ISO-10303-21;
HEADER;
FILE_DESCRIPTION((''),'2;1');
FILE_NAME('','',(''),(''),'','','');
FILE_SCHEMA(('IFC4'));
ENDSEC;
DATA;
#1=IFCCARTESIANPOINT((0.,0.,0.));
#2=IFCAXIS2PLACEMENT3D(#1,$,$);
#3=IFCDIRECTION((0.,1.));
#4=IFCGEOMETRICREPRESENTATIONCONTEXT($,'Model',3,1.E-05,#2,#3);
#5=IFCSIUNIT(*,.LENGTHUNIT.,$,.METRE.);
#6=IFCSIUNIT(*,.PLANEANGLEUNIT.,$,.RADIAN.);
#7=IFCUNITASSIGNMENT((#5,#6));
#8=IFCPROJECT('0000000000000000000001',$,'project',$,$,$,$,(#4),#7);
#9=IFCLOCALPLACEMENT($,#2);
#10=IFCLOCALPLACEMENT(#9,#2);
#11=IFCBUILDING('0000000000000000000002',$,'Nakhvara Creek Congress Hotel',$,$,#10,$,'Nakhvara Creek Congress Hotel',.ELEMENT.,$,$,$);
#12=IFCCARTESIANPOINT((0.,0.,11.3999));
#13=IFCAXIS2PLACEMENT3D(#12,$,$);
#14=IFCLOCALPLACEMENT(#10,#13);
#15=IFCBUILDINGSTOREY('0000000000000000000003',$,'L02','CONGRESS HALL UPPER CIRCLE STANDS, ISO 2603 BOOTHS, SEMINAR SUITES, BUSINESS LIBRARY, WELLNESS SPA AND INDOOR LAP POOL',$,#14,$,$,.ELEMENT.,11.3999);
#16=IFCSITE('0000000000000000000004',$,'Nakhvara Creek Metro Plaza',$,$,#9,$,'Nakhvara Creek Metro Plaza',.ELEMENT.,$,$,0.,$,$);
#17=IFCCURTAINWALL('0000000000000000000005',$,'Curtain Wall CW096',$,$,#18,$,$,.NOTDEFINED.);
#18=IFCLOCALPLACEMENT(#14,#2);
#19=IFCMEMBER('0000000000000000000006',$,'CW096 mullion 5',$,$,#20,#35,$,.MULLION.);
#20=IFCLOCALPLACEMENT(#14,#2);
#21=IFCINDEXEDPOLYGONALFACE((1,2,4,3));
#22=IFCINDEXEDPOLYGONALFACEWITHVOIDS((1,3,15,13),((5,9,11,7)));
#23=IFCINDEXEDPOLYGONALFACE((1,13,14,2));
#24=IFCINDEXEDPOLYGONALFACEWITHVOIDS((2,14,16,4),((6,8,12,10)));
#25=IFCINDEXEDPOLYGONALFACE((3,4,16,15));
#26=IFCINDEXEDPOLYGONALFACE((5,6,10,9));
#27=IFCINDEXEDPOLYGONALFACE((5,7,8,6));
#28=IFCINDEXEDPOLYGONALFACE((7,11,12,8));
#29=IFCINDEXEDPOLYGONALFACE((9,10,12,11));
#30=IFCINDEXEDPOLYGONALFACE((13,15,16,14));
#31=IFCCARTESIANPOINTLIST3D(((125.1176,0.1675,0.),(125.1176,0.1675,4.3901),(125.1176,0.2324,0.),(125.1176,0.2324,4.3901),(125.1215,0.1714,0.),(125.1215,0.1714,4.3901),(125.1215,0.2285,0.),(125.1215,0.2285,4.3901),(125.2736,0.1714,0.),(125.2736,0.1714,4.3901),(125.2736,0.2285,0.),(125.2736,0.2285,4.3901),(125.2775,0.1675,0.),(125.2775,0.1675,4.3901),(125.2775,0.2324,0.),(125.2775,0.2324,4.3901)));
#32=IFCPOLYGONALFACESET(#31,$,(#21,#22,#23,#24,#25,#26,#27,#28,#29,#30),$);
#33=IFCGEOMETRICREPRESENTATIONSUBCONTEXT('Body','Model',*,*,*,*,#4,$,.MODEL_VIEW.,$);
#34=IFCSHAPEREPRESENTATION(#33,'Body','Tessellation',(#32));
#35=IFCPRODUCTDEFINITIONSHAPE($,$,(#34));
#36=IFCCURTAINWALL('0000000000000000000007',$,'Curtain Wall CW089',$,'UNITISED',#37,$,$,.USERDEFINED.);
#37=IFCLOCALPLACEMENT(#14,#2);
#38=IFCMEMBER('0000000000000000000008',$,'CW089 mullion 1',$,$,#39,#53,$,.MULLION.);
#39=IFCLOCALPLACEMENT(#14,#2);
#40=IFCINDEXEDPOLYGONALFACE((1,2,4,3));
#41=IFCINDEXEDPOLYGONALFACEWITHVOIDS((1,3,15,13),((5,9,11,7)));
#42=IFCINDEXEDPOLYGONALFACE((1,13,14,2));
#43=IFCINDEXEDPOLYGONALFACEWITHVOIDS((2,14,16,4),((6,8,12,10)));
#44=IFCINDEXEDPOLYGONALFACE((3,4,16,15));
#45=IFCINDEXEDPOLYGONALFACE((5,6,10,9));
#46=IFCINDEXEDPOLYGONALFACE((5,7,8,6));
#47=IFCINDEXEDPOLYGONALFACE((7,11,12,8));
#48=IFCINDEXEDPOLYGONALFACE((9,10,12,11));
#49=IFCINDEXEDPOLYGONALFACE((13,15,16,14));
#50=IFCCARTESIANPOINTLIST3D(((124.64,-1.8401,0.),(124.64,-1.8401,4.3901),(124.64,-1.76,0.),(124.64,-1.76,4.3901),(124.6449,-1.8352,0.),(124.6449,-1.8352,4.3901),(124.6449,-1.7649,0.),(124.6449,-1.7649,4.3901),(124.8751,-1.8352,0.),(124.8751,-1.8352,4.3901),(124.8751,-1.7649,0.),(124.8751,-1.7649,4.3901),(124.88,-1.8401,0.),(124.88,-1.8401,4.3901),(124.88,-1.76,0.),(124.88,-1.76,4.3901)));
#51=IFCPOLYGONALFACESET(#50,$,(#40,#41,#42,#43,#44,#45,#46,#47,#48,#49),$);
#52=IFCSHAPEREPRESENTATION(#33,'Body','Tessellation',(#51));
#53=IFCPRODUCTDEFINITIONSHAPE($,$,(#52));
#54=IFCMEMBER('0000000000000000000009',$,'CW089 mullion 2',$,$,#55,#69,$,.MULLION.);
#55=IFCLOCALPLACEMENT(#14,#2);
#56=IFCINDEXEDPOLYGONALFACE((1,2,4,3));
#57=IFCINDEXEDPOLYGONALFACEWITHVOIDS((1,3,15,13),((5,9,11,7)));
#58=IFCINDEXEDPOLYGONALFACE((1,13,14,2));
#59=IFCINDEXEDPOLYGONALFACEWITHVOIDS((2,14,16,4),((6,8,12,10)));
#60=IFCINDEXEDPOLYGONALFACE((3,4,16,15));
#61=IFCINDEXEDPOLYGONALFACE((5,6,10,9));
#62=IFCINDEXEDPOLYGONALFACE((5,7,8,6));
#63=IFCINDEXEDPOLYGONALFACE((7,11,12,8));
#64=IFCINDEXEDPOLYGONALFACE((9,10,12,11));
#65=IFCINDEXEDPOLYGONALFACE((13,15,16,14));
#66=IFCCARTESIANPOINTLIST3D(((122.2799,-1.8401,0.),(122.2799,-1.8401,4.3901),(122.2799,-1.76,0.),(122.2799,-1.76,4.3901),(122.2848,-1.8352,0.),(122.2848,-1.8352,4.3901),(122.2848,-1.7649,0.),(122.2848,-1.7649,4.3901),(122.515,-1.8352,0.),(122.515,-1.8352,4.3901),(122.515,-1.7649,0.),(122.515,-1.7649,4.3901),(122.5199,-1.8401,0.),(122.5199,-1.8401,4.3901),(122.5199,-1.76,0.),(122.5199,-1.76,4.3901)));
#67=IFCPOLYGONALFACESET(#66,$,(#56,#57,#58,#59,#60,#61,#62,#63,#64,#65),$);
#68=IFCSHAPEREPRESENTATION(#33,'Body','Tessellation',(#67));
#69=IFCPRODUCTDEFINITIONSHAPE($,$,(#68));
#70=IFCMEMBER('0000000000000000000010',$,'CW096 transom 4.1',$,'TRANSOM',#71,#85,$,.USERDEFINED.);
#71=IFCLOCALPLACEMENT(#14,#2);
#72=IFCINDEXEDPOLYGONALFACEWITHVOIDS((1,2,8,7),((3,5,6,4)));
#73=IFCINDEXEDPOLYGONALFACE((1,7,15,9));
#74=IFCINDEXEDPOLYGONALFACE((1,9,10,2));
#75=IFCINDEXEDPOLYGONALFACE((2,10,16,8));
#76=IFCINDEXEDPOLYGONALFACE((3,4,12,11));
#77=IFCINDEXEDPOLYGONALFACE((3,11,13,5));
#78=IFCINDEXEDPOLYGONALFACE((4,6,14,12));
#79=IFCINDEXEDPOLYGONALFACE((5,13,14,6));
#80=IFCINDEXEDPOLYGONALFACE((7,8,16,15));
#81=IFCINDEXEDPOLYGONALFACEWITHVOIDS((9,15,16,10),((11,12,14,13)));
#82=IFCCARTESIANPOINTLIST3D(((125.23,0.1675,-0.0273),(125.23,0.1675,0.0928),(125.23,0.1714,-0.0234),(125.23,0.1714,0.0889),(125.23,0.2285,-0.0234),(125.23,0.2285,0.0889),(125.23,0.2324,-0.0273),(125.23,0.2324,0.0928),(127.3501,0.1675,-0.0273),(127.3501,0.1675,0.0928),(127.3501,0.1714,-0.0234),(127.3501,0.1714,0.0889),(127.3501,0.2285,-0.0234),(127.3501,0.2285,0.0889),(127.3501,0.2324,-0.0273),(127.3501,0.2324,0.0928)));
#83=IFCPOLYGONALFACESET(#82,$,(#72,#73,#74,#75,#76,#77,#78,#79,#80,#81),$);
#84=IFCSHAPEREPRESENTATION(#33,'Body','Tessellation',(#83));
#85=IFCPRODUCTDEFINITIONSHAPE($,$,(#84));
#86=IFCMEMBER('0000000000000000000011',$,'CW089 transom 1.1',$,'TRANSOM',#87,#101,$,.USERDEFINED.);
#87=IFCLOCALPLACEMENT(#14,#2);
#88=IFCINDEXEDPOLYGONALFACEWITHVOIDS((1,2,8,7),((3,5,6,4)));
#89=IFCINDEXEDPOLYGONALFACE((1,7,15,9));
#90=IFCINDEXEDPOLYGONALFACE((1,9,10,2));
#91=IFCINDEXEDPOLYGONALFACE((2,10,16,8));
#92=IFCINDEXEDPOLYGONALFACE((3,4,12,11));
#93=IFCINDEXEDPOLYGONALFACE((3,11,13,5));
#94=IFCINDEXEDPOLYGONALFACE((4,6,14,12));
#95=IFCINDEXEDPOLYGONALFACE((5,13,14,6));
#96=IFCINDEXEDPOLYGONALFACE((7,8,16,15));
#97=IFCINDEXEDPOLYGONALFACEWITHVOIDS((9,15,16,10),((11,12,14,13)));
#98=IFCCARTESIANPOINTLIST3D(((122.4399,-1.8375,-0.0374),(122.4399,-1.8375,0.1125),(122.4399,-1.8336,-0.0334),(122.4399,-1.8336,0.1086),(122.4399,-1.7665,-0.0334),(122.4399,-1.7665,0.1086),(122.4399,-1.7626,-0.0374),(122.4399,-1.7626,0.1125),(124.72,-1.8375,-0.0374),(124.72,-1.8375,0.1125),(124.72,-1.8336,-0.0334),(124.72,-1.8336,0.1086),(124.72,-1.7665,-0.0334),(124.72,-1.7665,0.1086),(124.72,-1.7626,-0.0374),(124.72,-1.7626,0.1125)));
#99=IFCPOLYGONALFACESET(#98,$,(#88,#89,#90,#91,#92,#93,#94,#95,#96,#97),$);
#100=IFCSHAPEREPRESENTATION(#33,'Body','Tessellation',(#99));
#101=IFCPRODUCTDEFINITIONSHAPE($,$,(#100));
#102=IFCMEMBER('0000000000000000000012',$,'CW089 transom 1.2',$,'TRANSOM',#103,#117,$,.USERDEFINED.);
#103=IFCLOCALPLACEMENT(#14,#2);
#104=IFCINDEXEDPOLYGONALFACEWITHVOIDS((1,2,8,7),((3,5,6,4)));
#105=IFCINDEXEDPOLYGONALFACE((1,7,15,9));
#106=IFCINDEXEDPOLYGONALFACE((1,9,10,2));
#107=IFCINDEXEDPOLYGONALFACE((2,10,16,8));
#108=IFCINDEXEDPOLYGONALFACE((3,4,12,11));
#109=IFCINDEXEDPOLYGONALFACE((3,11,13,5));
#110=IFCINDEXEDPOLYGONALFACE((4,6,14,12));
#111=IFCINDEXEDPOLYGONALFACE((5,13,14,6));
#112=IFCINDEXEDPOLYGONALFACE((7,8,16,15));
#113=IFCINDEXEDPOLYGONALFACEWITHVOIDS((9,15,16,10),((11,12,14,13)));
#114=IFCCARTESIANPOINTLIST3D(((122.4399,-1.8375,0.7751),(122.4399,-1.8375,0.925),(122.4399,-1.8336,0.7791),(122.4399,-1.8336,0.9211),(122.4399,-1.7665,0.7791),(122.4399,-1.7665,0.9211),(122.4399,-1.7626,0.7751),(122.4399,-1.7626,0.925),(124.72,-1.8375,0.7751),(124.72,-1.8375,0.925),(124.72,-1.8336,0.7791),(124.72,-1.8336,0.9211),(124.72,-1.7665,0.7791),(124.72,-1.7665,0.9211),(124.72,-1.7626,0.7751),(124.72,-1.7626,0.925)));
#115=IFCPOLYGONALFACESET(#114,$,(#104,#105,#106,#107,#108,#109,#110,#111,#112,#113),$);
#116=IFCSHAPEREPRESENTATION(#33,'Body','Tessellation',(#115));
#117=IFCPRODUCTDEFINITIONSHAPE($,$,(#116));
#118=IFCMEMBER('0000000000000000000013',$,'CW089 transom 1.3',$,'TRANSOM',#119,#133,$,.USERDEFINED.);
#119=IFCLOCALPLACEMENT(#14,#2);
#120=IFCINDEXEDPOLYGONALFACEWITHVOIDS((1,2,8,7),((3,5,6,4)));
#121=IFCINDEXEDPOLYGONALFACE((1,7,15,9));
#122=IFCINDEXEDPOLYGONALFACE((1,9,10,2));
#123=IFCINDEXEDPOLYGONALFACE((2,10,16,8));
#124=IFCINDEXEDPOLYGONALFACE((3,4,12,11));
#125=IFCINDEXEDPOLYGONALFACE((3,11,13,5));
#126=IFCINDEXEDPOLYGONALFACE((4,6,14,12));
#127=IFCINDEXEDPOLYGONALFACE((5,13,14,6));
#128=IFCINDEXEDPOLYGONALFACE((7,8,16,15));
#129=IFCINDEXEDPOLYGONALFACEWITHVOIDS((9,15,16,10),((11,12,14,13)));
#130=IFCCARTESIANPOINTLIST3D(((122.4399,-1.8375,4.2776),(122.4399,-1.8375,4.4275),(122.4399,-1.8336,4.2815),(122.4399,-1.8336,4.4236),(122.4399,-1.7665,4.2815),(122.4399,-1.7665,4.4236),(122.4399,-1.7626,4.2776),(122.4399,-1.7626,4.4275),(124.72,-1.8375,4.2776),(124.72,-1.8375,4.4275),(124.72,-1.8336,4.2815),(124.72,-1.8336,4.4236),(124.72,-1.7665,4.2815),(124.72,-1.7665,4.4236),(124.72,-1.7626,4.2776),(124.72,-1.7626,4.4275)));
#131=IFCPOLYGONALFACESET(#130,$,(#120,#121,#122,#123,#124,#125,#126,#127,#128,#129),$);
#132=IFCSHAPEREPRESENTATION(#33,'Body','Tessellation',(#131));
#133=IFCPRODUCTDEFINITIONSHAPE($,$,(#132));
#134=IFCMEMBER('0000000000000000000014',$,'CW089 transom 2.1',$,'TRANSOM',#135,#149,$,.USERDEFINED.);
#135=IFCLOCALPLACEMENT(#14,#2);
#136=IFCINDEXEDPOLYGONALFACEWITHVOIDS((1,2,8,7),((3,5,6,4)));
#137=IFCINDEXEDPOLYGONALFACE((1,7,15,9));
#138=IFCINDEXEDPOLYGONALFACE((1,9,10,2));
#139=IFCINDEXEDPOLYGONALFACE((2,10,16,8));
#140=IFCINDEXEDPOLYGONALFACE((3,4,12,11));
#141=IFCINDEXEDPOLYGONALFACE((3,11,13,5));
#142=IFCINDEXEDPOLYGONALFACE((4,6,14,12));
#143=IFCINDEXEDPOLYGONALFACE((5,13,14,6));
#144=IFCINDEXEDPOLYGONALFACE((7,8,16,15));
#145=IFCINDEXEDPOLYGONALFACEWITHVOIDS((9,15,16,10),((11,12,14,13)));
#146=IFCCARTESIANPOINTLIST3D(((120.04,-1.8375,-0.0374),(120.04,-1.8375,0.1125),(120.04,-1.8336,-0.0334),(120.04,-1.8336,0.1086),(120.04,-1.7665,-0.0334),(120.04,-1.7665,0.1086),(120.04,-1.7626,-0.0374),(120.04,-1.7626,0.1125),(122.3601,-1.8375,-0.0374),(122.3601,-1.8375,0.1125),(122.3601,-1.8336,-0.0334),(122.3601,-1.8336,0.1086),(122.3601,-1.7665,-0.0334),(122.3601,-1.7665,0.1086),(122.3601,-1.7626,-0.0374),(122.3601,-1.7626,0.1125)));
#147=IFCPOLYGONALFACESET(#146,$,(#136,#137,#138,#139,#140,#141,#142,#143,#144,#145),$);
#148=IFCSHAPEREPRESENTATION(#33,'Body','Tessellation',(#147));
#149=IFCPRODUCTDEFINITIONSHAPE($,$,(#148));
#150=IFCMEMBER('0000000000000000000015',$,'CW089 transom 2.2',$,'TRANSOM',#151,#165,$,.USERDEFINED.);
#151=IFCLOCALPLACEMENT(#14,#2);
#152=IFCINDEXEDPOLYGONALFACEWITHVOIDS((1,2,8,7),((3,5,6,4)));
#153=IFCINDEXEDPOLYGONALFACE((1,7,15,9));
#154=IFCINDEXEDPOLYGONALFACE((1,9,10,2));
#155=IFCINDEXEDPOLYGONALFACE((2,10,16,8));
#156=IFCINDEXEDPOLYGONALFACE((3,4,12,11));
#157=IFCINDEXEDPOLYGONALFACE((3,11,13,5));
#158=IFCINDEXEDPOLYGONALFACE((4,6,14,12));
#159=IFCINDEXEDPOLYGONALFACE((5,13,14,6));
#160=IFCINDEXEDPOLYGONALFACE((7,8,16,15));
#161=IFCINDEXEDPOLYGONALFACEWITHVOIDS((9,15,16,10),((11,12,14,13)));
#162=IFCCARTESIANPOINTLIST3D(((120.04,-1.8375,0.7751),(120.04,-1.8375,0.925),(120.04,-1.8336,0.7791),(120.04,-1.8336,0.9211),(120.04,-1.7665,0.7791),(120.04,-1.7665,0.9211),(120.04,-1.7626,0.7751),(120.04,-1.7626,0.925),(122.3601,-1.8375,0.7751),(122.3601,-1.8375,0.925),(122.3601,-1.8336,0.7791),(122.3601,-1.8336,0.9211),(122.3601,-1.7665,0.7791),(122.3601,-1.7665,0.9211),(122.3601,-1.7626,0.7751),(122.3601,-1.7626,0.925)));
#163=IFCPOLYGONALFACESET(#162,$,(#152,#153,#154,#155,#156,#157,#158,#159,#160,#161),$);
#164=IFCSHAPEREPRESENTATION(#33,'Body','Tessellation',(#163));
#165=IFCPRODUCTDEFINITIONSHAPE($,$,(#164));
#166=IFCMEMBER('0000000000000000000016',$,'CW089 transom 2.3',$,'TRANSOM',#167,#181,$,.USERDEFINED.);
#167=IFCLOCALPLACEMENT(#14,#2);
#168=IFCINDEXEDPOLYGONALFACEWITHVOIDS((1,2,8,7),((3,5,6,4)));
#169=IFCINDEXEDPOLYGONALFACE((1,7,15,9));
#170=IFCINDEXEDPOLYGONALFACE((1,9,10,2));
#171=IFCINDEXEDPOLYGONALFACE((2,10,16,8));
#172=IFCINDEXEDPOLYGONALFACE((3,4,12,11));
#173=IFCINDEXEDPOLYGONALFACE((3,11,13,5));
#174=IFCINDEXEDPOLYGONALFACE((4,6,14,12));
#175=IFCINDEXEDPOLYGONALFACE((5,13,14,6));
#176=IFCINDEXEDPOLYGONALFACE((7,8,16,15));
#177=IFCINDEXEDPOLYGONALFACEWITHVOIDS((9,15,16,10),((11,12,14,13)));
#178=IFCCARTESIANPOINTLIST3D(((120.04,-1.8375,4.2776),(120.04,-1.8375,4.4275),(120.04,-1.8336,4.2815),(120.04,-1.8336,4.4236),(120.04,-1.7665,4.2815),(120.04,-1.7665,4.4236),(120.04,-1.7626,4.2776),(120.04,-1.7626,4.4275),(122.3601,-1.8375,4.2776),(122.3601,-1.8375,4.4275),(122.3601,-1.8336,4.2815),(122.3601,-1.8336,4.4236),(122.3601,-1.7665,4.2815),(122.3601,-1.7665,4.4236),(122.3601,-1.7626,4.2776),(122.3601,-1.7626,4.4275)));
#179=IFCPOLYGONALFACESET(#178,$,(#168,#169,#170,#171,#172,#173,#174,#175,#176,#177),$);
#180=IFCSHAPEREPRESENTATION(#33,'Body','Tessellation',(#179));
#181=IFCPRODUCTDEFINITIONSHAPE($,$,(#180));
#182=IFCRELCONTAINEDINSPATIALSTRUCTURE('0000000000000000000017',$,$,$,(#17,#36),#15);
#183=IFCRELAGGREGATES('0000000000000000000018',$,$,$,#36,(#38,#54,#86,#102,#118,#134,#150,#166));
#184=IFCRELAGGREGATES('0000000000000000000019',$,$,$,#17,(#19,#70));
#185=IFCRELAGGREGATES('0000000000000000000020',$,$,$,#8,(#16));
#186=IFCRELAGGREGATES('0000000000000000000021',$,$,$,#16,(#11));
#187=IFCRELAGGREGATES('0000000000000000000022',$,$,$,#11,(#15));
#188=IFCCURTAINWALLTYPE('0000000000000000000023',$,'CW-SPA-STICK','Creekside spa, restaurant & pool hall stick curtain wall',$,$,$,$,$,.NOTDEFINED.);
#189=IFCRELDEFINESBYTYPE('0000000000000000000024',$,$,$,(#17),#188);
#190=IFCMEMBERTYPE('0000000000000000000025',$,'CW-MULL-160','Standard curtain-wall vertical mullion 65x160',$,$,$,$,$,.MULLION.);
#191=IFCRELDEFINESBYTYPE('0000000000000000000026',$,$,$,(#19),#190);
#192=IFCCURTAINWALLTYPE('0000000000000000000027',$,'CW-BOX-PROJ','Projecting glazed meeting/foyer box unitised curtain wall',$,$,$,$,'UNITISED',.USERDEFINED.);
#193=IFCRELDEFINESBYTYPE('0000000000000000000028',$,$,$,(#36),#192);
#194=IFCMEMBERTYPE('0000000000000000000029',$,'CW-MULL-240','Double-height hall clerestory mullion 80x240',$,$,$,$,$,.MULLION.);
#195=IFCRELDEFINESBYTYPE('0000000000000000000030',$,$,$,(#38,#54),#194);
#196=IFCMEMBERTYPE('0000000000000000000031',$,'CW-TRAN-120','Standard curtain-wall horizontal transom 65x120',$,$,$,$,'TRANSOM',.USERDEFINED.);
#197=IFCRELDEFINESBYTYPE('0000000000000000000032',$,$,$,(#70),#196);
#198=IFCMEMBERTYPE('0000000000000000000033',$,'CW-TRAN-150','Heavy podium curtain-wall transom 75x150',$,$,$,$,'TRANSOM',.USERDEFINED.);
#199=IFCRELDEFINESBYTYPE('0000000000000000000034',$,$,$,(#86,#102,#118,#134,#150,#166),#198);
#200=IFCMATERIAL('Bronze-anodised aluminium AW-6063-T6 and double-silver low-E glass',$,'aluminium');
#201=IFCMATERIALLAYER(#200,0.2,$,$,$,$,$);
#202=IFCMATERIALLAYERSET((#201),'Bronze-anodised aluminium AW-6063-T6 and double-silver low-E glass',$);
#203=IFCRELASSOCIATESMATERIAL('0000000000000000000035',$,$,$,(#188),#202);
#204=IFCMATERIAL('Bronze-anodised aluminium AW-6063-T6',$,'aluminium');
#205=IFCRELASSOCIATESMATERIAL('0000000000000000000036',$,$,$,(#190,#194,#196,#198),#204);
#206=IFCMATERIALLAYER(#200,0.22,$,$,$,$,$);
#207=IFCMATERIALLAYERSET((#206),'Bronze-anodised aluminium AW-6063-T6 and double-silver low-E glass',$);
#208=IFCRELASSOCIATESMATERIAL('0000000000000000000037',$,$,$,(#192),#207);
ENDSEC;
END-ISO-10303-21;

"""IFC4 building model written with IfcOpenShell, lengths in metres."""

from ifc_helpers import new_model, si_unit, direction, frame, origin, origin_2d, place, context, subcontext, project, spatial, hollow_rectangle, extrude, material, layer, layer_set, material_profile, profile_set, type_object, element, aggregate, save


model = new_model("IFC4")

# Units and contexts
model_context = context("Model", 3, precision=1e-05, world=origin(), true_north=direction((0.0, 1.0)))
body_context = subcontext(model_context, "Body", "Model", "MODEL_VIEW")
ifc_project = project(units=[si_unit("LENGTHUNIT", "METRE"), si_unit("PLANEANGLEUNIT", "RADIAN")], contexts=[model_context])

# Site, building, storey
site_placement = place(None, origin())
site = spatial("IfcSite", under=ifc_project, at=site_placement, Name="Nakhvara Creek Metro Plaza", LongName="Nakhvara Creek Metro Plaza", CompositionType="ELEMENT", RefElevation=0.0)
building_placement = place(site_placement, origin())
building = spatial("IfcBuilding", under=site, at=building_placement, Name="Nakhvara Creek Congress Hotel", LongName="Nakhvara Creek Congress Hotel", CompositionType="ELEMENT")
storey_placement = place(building_placement, frame((0.0, 0.0, 11.3999)))
storey = spatial("IfcBuildingStorey", under=building, at=storey_placement, Name="L02", Description="CONGRESS HALL UPPER CIRCLE STANDS, ISO 2603 BOOTHS, SEMINAR SUITES, BUSINESS LIBRARY, WELLNESS SPA AND INDOOR LAP POOL", CompositionType="ELEMENT", Elevation=11.3999)

# Curtain wall, member
ifc_material_1 = material(Name="Bronze-anodised aluminium AW-6063-T6 and double-silver low-E glass", Category="aluminium")
ifc_layer_1 = layer(ifc_material_1, 0.2)
ifc_layer_set_1 = layer_set([ifc_layer_1], Name="Bronze-anodised aluminium AW-6063-T6 and double-silver low-E glass")
curtain_wall_type_1 = type_object("IfcCurtainWallType", Name="CW-SPA-STICK", Description="Creekside spa, restaurant & pool hall stick curtain wall", PredefinedType="NOTDEFINED", material=ifc_layer_set_1)
curtain_wall_1_placement = place(storey_placement, origin())
curtain_wall_1 = element("IfcCurtainWall", 1, at=curtain_wall_1_placement, inside=storey, type_object=curtain_wall_type_1, Name="Curtain Wall CW096", PredefinedType="NOTDEFINED")
ifc_material_2 = material(Name="Bronze-anodised aluminium AW-6063-T6", Category="aluminium")
ifc_material_profile_1 = material_profile(ifc_material_2, hollow_rectangle(XDim=0.0649, YDim=0.1599, WallThickness=0.0039, at=origin_2d()), Name="ALU-MULL 65x160x4", Category="LoadBearing")
ifc_profile_set_1 = profile_set([ifc_material_profile_1], Name="Bronze-anodised aluminium AW-6063-T6")
member_type_1 = type_object("IfcMemberType", Name="CW-MULL-160", Description="Standard curtain-wall vertical mullion 65x160", PredefinedType="MULLION", material=ifc_profile_set_1)
member_1_placement = place(storey_placement, frame((125.1975, 0.2, 0.0), z_axis=(0.0, 0.0, 1.0), x_axis=(0.0, -1.0, 0.0)))
member_1 = element("IfcMember", 2, at=member_1_placement, type_object=member_type_1, Name="CW096 mullion 5", PredefinedType="MULLION", context=body_context, shape_type="SweptSolid", body=[
    extrude(hollow_rectangle(XDim=0.0649, YDim=0.1599, WallThickness=0.0039, at=origin_2d()), origin(), (0.0, 0.0, 1.0), 4.3901),
])

# Curtain wall, members
ifc_layer_2 = layer(ifc_material_1, 0.22)
ifc_layer_set_2 = layer_set([ifc_layer_2], Name="Bronze-anodised aluminium AW-6063-T6 and double-silver low-E glass")
curtain_wall_type_2 = type_object("IfcCurtainWallType", Name="CW-BOX-PROJ", Description="Projecting glazed meeting/foyer box unitised curtain wall", ElementType="UNITISED", PredefinedType="USERDEFINED", material=ifc_layer_set_2)
curtain_wall_2_placement = place(storey_placement, origin())
curtain_wall_2 = element("IfcCurtainWall", 3, at=curtain_wall_2_placement, inside=storey, type_object=curtain_wall_type_2, Name="Curtain Wall CW089", ObjectType="UNITISED", PredefinedType="USERDEFINED")
ifc_material_profile_2 = material_profile(ifc_material_2, hollow_rectangle(XDim=0.0801, YDim=0.24, WallThickness=0.0049, at=origin_2d()), Name="ALU-MULL 80x240x5", Category="LoadBearing")
ifc_profile_set_2 = profile_set([ifc_material_profile_2], Name="Bronze-anodised aluminium AW-6063-T6")
member_type_2 = type_object("IfcMemberType", Name="CW-MULL-240", Description="Double-height hall clerestory mullion 80x240", PredefinedType="MULLION", material=ifc_profile_set_2)
member_2_placement = place(storey_placement, frame((124.76, -1.8, 0.0), z_axis=(0.0, 0.0, 1.0), x_axis=(0.0, -1.0, 0.0)))
member_2 = element("IfcMember", 4, at=member_2_placement, type_object=member_type_2, Name="CW089 mullion 1", PredefinedType="MULLION", context=body_context, shape_type="SweptSolid", body=[
    extrude(hollow_rectangle(XDim=0.0801, YDim=0.24, WallThickness=0.0049, at=origin_2d()), origin(), (0.0, 0.0, 1.0), 4.3901),
])
member_3_placement = place(storey_placement, frame((122.3999, -1.8, 0.0), z_axis=(0.0, 0.0, 1.0), x_axis=(0.0, -1.0, 0.0)))
member_3 = element("IfcMember", 5, at=member_3_placement, type_object=member_type_2, Name="CW089 mullion 2", PredefinedType="MULLION", context=body_context, shape_type="SweptSolid", body=[
    extrude(hollow_rectangle(XDim=0.0801, YDim=0.24, WallThickness=0.0049, at=origin_2d()), origin(), (0.0, 0.0, 1.0), 4.3901),
])

# Members
ifc_material_profile_3 = material_profile(ifc_material_2, hollow_rectangle(XDim=0.0649, YDim=0.1201, WallThickness=0.0039, at=origin_2d()), Name="ALU-TRAN 65x120x4", Category="LoadBearing")
ifc_profile_set_3 = profile_set([ifc_material_profile_3], Name="Bronze-anodised aluminium AW-6063-T6")
member_type_3 = type_object("IfcMemberType", Name="CW-TRAN-120", Description="Standard curtain-wall horizontal transom 65x120", ElementType="TRANSOM", PredefinedType="USERDEFINED", material=ifc_profile_set_3)
member_4_placement = place(storey_placement, frame((127.3501, 0.2, 0.0327), z_axis=(-1.0, 0.0, 0.0), x_axis=(0.0, -1.0, 0.0)))
member_4 = element("IfcMember", 6, at=member_4_placement, type_object=member_type_3, Name="CW096 transom 4.1", ObjectType="TRANSOM", PredefinedType="USERDEFINED", context=body_context, shape_type="SweptSolid", body=[
    extrude(hollow_rectangle(XDim=0.0649, YDim=0.1201, WallThickness=0.0039, at=origin_2d()), origin(), (0.0, 0.0, 1.0), 2.1201),
])
ifc_material_profile_4 = material_profile(ifc_material_2, hollow_rectangle(XDim=0.075, YDim=0.1499, WallThickness=0.0039, at=origin_2d()), Name="ALU-TRAN 75x150x4", Category="LoadBearing")
ifc_profile_set_4 = profile_set([ifc_material_profile_4], Name="Bronze-anodised aluminium AW-6063-T6")
member_type_4 = type_object("IfcMemberType", Name="CW-TRAN-150", Description="Heavy podium curtain-wall transom 75x150", ElementType="TRANSOM", PredefinedType="USERDEFINED", material=ifc_profile_set_4)
member_5_placement = place(storey_placement, frame((124.72, -1.8, 0.0376), z_axis=(-1.0, 0.0, 0.0), x_axis=(0.0, -1.0, 0.0)))
member_5 = element("IfcMember", 7, at=member_5_placement, type_object=member_type_4, Name="CW089 transom 1.1", ObjectType="TRANSOM", PredefinedType="USERDEFINED", context=body_context, shape_type="SweptSolid", body=[
    extrude(hollow_rectangle(XDim=0.075, YDim=0.1499, WallThickness=0.0039, at=origin_2d()), origin(), (0.0, 0.0, 1.0), 2.28),
])
member_6_placement = place(storey_placement, frame((124.72, -1.8, 0.8501), z_axis=(-1.0, 0.0, 0.0), x_axis=(0.0, -1.0, 0.0)))
member_6 = element("IfcMember", 8, at=member_6_placement, type_object=member_type_4, Name="CW089 transom 1.2", ObjectType="TRANSOM", PredefinedType="USERDEFINED", context=body_context, shape_type="SweptSolid", body=[
    extrude(hollow_rectangle(XDim=0.075, YDim=0.1499, WallThickness=0.0039, at=origin_2d()), origin(), (0.0, 0.0, 1.0), 2.28),
])
member_7_placement = place(storey_placement, frame((124.72, -1.8, 4.3525), z_axis=(-1.0, 0.0, 0.0), x_axis=(0.0, -1.0, 0.0)))
member_7 = element("IfcMember", 9, at=member_7_placement, type_object=member_type_4, Name="CW089 transom 1.3", ObjectType="TRANSOM", PredefinedType="USERDEFINED", context=body_context, shape_type="SweptSolid", body=[
    extrude(hollow_rectangle(XDim=0.075, YDim=0.1499, WallThickness=0.0039, at=origin_2d()), origin(), (0.0, 0.0, 1.0), 2.28),
])
member_8_placement = place(storey_placement, frame((122.3601, -1.8, 0.0376), z_axis=(-1.0, 0.0, 0.0), x_axis=(0.0, -1.0, 0.0)))
member_8 = element("IfcMember", 10, at=member_8_placement, type_object=member_type_4, Name="CW089 transom 2.1", ObjectType="TRANSOM", PredefinedType="USERDEFINED", context=body_context, shape_type="SweptSolid", body=[
    extrude(hollow_rectangle(XDim=0.075, YDim=0.1499, WallThickness=0.0039, at=origin_2d()), origin(), (0.0, 0.0, 1.0), 2.3201),
])
member_9_placement = place(storey_placement, frame((122.3601, -1.8, 0.8501), z_axis=(-1.0, 0.0, 0.0), x_axis=(0.0, -1.0, 0.0)))
member_9 = element("IfcMember", 11, at=member_9_placement, type_object=member_type_4, Name="CW089 transom 2.2", ObjectType="TRANSOM", PredefinedType="USERDEFINED", context=body_context, shape_type="SweptSolid", body=[
    extrude(hollow_rectangle(XDim=0.075, YDim=0.1499, WallThickness=0.0039, at=origin_2d()), origin(), (0.0, 0.0, 1.0), 2.3201),
])
member_10_placement = place(storey_placement, frame((122.3601, -1.8, 4.3525), z_axis=(-1.0, 0.0, 0.0), x_axis=(0.0, -1.0, 0.0)))
member_10 = element("IfcMember", 12, at=member_10_placement, type_object=member_type_4, Name="CW089 transom 2.3", ObjectType="TRANSOM", PredefinedType="USERDEFINED", context=body_context, shape_type="SweptSolid", body=[
    extrude(hollow_rectangle(XDim=0.075, YDim=0.1499, WallThickness=0.0039, at=origin_2d()), origin(), (0.0, 0.0, 1.0), 2.3201),
])

aggregate(curtain_wall_2, [member_2, member_3, member_5, member_6, member_7, member_8, member_9, member_10])
aggregate(curtain_wall_1, [member_1, member_4])

save(model, "model.ifc")
